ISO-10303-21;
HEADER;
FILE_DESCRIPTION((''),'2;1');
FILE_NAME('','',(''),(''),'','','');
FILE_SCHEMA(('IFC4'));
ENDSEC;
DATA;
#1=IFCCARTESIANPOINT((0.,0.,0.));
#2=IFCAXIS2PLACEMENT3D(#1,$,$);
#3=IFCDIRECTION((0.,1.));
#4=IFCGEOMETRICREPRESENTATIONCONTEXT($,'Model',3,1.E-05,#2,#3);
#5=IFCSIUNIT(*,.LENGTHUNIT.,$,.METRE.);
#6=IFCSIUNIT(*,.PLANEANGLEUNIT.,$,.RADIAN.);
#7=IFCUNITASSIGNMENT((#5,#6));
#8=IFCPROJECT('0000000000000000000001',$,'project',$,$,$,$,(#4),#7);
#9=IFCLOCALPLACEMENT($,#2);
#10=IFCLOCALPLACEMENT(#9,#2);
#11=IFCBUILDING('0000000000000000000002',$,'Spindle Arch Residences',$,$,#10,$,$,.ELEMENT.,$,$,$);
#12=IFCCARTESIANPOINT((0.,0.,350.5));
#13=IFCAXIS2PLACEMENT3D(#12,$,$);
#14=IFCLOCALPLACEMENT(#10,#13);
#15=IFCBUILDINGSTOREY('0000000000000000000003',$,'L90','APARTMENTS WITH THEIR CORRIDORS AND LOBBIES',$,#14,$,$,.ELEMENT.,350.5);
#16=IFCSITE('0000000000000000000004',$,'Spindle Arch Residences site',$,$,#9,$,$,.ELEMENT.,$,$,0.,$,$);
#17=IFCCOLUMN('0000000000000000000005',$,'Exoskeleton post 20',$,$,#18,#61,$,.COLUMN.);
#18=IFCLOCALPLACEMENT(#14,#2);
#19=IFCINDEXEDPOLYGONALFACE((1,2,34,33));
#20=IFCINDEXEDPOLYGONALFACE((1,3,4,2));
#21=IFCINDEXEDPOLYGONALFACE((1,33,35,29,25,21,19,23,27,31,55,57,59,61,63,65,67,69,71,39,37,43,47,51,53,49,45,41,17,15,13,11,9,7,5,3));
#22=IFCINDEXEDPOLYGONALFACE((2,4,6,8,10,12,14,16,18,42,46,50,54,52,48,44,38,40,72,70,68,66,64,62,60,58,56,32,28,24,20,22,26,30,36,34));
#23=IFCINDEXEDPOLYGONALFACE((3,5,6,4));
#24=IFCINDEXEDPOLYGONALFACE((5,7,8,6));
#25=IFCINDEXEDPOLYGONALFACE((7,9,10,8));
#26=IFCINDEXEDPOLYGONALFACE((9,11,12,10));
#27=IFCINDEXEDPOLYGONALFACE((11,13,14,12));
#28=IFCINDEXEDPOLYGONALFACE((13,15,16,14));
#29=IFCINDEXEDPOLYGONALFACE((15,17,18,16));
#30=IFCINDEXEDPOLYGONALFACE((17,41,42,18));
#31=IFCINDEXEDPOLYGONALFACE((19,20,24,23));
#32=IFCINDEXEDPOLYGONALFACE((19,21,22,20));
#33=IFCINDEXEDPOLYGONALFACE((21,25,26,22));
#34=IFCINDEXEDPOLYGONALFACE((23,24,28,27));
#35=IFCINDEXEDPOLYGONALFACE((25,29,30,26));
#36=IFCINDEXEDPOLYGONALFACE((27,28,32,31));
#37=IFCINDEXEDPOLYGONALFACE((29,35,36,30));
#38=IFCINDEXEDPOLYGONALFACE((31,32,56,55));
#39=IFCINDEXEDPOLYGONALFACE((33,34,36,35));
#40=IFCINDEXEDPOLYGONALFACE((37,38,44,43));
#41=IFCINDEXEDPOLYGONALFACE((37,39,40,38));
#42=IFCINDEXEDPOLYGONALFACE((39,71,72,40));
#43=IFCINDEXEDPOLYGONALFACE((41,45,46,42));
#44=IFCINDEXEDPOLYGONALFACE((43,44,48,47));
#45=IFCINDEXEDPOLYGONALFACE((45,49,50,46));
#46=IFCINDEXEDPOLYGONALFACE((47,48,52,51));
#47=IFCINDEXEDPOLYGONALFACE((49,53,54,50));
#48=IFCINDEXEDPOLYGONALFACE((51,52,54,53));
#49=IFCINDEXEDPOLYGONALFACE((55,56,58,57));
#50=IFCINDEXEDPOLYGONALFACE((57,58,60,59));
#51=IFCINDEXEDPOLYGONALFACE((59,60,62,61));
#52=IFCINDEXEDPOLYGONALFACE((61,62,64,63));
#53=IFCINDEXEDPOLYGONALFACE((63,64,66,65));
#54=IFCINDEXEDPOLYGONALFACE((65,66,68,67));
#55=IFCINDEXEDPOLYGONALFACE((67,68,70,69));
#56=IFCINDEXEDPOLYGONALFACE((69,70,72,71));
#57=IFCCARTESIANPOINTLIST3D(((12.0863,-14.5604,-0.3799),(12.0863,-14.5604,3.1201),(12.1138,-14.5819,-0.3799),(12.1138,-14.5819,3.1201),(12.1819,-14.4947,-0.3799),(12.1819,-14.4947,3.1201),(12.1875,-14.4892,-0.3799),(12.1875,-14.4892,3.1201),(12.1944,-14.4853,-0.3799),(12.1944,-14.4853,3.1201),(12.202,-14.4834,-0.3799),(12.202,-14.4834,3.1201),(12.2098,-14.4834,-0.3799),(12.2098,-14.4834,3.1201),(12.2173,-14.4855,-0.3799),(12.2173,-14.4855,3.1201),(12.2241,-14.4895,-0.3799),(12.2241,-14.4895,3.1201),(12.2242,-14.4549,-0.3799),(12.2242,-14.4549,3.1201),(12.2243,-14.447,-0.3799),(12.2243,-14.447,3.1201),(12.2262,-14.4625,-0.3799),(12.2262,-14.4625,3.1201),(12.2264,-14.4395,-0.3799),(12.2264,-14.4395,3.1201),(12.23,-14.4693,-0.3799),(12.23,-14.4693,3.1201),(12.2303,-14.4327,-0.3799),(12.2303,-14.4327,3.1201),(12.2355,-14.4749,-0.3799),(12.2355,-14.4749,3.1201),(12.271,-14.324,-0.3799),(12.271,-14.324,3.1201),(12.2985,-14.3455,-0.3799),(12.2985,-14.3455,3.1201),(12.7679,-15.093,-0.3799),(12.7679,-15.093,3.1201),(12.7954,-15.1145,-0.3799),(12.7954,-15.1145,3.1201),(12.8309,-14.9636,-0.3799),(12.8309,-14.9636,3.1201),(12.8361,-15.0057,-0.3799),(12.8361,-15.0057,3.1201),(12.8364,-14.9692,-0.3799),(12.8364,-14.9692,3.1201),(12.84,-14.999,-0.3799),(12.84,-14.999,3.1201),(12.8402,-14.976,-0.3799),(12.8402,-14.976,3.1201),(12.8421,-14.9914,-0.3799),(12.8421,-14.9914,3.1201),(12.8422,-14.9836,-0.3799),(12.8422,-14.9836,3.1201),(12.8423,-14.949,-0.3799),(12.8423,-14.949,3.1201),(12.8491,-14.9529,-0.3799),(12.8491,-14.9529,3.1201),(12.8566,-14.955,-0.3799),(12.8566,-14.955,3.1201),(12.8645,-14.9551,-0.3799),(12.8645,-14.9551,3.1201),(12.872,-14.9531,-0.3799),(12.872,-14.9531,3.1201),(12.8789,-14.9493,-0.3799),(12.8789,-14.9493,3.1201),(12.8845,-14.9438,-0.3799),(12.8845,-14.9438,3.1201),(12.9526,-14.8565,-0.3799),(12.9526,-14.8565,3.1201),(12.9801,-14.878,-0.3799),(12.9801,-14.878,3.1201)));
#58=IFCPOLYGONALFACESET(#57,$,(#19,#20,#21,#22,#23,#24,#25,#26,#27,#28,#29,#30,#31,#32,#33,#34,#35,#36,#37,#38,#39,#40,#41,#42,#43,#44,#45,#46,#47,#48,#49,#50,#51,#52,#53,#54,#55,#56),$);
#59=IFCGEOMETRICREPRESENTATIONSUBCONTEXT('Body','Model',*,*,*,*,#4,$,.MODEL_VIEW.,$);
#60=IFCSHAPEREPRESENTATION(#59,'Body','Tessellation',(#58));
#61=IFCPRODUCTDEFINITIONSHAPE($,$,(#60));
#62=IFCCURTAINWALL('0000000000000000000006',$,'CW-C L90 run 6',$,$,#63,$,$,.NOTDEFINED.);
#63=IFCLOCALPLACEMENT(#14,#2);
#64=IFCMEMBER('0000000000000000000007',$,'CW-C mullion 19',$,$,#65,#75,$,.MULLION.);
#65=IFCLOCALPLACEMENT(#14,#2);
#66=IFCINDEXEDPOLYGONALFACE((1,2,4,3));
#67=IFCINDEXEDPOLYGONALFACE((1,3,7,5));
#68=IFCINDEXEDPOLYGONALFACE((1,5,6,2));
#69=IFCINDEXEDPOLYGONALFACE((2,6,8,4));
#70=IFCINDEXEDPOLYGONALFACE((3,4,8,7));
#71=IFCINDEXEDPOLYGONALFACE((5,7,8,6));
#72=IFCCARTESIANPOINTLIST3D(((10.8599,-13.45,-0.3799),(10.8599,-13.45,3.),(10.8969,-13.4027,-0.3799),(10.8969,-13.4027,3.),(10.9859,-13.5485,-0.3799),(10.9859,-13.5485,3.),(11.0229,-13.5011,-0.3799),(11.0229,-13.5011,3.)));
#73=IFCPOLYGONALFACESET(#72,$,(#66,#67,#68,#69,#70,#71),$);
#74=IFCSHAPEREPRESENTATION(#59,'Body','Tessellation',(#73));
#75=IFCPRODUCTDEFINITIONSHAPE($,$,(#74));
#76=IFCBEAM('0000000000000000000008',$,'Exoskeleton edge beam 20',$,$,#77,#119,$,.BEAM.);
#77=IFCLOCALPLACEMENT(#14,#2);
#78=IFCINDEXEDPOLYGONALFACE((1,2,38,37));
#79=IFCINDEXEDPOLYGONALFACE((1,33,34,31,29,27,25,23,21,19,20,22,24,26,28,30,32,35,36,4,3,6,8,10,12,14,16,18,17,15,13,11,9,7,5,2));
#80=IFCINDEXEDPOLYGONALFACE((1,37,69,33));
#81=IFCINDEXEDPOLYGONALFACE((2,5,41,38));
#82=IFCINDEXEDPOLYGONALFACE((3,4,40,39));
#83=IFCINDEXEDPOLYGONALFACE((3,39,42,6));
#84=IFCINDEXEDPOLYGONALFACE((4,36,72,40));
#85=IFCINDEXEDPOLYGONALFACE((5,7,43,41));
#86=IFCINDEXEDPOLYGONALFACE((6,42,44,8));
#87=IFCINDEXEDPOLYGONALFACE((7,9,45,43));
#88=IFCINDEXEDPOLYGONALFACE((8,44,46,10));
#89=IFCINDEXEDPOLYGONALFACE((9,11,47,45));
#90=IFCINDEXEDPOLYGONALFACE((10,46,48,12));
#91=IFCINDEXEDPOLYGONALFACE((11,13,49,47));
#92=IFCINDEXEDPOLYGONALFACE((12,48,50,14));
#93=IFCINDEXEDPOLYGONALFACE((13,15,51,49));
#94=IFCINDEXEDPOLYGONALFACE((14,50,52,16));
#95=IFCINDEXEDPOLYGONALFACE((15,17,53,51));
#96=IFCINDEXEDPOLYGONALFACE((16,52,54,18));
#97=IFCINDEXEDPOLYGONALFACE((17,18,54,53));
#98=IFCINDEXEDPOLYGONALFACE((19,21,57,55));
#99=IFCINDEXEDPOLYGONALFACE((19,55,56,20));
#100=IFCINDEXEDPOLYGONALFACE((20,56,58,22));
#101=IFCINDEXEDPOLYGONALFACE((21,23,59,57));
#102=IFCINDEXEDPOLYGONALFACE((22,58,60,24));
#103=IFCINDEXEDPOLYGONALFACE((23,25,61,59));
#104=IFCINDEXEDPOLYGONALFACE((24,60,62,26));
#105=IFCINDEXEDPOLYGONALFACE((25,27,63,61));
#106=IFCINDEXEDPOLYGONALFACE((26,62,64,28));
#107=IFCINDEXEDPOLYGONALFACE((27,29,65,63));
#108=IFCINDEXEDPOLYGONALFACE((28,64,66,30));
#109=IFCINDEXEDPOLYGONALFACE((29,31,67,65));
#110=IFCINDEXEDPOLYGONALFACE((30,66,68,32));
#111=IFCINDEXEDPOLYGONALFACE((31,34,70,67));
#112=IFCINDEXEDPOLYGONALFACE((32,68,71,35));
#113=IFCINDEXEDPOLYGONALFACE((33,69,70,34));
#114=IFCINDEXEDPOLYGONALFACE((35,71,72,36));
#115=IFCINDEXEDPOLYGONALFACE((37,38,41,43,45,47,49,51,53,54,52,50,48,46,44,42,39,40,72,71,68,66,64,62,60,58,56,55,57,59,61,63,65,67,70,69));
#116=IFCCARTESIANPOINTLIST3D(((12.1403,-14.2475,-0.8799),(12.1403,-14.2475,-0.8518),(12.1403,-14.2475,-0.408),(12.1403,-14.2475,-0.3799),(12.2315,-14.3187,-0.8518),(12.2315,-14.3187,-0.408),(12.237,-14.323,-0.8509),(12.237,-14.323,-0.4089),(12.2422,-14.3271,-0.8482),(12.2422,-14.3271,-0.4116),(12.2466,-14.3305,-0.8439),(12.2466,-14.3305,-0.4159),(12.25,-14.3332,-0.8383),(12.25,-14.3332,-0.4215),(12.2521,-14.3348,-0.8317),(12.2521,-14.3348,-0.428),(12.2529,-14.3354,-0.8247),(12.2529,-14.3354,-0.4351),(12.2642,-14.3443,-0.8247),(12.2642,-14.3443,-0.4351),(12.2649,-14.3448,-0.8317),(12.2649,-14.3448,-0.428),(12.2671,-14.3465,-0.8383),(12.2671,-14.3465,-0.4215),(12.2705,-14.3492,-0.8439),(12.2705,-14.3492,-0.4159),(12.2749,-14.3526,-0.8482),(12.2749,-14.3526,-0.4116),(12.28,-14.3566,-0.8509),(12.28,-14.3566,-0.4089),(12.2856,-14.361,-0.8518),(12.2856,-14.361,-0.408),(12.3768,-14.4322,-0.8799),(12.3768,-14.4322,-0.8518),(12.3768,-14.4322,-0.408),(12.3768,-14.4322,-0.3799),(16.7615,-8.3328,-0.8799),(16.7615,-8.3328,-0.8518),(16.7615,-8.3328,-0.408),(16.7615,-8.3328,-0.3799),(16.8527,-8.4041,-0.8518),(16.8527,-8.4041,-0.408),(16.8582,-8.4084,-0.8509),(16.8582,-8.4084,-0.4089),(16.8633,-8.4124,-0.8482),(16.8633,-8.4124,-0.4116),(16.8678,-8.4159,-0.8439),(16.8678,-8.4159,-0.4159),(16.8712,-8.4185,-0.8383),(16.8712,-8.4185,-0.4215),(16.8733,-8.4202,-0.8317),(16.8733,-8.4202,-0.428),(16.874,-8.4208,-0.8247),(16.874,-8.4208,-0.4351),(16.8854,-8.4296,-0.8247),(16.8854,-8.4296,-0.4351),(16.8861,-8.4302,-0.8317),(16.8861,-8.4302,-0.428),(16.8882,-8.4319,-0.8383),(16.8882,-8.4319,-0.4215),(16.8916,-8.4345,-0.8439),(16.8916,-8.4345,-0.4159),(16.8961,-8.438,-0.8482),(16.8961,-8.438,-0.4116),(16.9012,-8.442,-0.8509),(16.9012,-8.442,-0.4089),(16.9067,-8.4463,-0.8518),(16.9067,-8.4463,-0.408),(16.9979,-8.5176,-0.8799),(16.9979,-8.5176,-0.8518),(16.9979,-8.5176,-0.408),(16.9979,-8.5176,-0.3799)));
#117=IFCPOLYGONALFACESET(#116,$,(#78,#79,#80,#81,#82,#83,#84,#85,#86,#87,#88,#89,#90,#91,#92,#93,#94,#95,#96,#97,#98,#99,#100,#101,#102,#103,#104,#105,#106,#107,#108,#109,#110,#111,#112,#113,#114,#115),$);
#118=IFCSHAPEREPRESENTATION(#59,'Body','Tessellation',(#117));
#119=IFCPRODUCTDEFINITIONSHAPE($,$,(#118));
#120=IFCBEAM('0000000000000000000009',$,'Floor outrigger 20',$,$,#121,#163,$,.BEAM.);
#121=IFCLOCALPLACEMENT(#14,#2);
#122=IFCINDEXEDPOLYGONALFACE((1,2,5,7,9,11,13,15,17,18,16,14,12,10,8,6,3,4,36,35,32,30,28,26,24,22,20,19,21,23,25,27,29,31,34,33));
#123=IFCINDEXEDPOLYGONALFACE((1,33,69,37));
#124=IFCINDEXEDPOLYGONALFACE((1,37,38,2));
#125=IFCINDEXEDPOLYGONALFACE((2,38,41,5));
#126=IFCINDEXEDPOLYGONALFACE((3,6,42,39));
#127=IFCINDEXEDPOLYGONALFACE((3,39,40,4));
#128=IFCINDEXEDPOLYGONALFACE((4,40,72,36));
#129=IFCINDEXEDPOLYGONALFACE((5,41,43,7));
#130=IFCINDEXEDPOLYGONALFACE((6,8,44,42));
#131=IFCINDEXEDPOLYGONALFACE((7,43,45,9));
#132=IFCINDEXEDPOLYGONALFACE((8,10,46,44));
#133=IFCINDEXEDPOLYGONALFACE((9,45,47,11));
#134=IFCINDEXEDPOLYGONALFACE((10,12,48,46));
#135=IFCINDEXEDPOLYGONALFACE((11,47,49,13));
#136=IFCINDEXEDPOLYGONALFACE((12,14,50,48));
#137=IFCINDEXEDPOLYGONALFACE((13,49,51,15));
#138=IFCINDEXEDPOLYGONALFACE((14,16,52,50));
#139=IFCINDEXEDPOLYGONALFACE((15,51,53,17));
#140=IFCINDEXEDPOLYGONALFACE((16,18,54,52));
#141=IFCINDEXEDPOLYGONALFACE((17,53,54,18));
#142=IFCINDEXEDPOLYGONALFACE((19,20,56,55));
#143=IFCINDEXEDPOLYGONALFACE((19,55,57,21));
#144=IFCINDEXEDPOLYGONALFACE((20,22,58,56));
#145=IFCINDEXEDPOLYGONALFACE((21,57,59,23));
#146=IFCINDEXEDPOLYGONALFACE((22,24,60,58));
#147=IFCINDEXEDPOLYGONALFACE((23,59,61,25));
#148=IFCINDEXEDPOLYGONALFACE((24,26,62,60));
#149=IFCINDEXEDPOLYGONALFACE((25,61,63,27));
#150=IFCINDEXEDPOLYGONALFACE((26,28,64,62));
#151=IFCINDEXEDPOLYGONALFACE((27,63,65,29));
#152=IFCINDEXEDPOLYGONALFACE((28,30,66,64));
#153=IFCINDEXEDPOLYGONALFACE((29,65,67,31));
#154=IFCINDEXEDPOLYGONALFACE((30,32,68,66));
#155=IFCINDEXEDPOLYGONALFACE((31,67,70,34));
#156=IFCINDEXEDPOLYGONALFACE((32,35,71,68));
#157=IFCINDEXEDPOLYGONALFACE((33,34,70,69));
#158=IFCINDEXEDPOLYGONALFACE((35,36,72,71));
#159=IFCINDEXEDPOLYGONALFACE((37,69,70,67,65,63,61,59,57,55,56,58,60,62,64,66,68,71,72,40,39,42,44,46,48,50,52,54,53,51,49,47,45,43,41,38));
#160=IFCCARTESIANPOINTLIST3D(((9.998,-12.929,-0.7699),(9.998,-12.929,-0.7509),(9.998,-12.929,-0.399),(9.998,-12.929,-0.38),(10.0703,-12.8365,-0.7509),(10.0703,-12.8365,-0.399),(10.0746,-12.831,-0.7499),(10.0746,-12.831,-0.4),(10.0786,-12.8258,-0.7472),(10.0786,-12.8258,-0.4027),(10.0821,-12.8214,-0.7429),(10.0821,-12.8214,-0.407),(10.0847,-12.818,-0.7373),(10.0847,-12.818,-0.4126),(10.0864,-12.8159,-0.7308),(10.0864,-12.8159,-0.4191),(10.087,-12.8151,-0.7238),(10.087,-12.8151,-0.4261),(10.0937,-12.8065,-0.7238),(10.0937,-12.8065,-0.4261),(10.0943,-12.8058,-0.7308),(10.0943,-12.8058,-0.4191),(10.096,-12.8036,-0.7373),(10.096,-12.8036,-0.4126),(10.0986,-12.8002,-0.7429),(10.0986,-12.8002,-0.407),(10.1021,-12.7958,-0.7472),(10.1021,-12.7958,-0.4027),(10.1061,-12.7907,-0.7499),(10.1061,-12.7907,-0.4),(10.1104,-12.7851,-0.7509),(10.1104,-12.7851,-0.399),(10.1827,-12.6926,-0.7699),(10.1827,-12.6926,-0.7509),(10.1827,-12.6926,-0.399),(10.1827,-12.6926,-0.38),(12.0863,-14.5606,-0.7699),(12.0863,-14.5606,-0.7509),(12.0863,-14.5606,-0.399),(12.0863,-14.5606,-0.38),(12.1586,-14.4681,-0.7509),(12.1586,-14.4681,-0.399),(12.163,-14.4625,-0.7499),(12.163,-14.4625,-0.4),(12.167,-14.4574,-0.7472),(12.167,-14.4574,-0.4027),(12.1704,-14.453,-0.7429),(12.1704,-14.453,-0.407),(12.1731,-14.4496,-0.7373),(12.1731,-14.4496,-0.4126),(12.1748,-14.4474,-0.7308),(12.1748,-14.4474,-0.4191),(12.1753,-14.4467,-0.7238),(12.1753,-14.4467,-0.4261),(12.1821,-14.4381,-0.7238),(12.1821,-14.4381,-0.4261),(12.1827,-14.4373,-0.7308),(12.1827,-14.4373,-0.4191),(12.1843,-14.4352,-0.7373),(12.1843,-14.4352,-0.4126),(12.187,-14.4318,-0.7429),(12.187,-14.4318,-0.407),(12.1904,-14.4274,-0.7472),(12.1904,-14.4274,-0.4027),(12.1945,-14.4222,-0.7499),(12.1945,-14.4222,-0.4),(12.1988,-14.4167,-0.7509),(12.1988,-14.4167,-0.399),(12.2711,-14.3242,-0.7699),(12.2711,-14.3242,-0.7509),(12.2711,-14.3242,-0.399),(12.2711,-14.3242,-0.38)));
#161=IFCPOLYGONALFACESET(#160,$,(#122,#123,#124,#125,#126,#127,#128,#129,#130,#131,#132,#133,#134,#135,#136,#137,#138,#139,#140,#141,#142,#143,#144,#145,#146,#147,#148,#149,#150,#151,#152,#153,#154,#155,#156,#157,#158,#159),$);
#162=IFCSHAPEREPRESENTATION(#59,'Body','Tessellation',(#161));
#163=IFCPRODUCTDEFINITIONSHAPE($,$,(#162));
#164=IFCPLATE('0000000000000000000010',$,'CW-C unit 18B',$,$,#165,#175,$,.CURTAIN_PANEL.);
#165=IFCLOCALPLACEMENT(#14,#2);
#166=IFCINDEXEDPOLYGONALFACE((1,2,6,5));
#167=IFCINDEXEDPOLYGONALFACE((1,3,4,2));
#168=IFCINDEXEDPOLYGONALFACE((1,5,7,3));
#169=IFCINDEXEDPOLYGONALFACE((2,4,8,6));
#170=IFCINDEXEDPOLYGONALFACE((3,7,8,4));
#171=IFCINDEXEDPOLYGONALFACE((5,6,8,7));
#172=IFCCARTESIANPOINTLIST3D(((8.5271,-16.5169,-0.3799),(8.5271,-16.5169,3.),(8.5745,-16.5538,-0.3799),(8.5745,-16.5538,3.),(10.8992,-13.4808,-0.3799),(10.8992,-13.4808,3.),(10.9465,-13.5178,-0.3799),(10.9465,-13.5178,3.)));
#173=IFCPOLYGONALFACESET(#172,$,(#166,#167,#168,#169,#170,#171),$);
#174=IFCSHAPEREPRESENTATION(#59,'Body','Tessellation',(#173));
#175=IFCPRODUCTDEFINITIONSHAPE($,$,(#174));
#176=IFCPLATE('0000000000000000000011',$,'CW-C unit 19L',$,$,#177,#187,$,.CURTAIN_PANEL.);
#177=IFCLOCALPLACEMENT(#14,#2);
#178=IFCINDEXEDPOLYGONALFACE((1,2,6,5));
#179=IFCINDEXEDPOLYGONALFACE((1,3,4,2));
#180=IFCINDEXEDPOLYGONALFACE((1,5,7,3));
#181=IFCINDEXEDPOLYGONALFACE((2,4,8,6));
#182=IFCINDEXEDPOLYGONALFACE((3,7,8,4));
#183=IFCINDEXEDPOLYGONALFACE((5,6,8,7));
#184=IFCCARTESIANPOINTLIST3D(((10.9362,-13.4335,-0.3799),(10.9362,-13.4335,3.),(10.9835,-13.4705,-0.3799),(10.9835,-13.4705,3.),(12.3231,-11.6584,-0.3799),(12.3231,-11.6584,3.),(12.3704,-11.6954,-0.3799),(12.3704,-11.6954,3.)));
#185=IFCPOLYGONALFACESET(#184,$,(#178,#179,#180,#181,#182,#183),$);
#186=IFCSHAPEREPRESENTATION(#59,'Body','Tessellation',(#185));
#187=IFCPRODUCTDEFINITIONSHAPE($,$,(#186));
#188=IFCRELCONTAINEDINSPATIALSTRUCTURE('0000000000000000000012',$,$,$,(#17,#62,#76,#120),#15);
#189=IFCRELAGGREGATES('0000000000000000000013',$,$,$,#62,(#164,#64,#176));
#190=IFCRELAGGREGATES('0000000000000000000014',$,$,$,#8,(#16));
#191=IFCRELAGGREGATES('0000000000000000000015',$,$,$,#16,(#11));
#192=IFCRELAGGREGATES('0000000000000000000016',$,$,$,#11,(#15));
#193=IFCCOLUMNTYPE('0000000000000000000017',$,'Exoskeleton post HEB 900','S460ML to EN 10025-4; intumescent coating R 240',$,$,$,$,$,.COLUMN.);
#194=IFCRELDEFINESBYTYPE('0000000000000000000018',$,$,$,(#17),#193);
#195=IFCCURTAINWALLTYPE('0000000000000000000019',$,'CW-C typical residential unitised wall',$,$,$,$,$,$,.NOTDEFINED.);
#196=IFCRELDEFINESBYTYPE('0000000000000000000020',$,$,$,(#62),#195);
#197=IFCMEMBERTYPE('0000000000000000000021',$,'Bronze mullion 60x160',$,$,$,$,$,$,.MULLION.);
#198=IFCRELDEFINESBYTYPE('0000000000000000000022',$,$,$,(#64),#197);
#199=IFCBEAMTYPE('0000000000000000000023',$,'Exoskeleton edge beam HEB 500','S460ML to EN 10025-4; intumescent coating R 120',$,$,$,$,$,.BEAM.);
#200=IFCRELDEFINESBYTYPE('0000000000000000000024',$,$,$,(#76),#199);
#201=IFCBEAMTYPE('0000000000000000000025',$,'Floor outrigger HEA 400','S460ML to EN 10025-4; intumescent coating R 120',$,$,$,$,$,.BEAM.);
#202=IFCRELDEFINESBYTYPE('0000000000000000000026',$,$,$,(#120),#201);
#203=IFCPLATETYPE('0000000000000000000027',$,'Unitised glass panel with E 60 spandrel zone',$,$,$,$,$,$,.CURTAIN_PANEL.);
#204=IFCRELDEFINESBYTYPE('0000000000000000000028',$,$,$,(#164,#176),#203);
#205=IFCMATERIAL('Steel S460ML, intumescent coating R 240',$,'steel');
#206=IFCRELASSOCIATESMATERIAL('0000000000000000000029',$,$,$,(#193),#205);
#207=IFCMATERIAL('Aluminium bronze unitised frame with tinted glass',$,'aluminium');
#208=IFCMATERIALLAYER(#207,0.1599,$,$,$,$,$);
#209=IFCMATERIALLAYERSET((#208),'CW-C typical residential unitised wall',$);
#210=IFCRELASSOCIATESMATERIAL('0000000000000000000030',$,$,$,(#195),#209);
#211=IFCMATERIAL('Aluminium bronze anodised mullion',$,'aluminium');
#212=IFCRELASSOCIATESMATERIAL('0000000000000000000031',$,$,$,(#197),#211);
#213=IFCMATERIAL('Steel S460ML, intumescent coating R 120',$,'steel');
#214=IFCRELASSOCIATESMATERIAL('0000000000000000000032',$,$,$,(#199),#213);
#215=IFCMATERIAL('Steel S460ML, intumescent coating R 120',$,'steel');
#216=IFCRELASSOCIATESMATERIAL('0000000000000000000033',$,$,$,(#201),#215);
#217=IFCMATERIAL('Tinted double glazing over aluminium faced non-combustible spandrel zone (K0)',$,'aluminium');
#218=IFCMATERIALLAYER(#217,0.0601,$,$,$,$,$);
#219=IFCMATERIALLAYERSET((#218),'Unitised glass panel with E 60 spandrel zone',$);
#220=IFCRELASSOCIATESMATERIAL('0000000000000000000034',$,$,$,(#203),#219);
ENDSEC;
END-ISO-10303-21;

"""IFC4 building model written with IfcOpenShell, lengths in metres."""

from ifc_helpers import new_model, si_unit, direction, frame, origin, origin_2d, place, context, subcontext, project, spatial, rectangle, i_section, extrude, material, layer, layer_set, material_profile, profile_set, type_object, element, aggregate, save


model = new_model("IFC4")

# Units and contexts
model_context = context("Model", 3, precision=1e-05, world=origin(), true_north=direction((0.0, 1.0)))
body_context = subcontext(model_context, "Body", "Model", "MODEL_VIEW")
ifc_project = project(units=[si_unit("LENGTHUNIT", "METRE"), si_unit("PLANEANGLEUNIT", "RADIAN")], contexts=[model_context])

# Site, building, storey
site_placement = place(None, origin())
site = spatial("IfcSite", under=ifc_project, at=site_placement, Name="Spindle Arch Residences site", CompositionType="ELEMENT", RefElevation=0.0)
building_placement = place(site_placement, origin())
building = spatial("IfcBuilding", under=site, at=building_placement, Name="Spindle Arch Residences", CompositionType="ELEMENT")
storey_placement = place(building_placement, frame((0.0, 0.0, 350.5)))
storey = spatial("IfcBuildingStorey", under=building, at=storey_placement, Name="L90", Description="APARTMENTS WITH THEIR CORRIDORS AND LOBBIES", CompositionType="ELEMENT", Elevation=350.5)

# Column
ifc_material_1 = material(Name="Steel S460ML, intumescent coating R 240", Category="steel")
ifc_material_profile_1 = material_profile(ifc_material_1, i_section(OverallWidth=0.3, OverallDepth=0.8999, WebThickness=0.0186, FlangeThickness=0.0349, FilletRadius=0.03, at=origin_2d()), Name="HEB 900")
ifc_profile_set_1 = profile_set([ifc_material_profile_1], Name="Steel S460ML, intumescent coating R 240")
column_type = type_object("IfcColumnType", Name="Exoskeleton post HEB 900", Description="S460ML to EN 10025-4; intumescent coating R 240", PredefinedType="COLUMN", material=ifc_profile_set_1)
column_placement = place(storey_placement, frame((12.5332, -14.7192, -0.3799), z_axis=(0.0, 0.0, 1.0), x_axis=(-0.615661, -0.788011, 0.0)))
element("IfcColumn", 1, at=column_placement, inside=storey, type_object=column_type, Name="Exoskeleton post 20", PredefinedType="COLUMN", context=body_context, shape_type="SweptSolid", body=[
    extrude(i_section(OverallWidth=0.3, OverallDepth=0.8999, WebThickness=0.0186, FlangeThickness=0.0349, FilletRadius=0.03, at=origin_2d()), origin(), (0.0, 0.0, 1.0), 3.5),
])

# Curtain wall, member
ifc_material_2 = material(Name="Aluminium bronze unitised frame with tinted glass", Category="aluminium")
ifc_layer_1 = layer(ifc_material_2, 0.1599)
ifc_layer_set_1 = layer_set([ifc_layer_1], Name="CW-C typical residential unitised wall")
curtain_wall_type = type_object("IfcCurtainWallType", Name="CW-C typical residential unitised wall", PredefinedType="NOTDEFINED", material=ifc_layer_set_1)
curtain_wall_placement = place(storey_placement, origin())
curtain_wall = element("IfcCurtainWall", 2, at=curtain_wall_placement, inside=storey, type_object=curtain_wall_type, Name="CW-C L90 run 6", PredefinedType="NOTDEFINED")
ifc_material_3 = material(Name="Aluminium bronze anodised mullion", Category="aluminium")
ifc_material_profile_2 = material_profile(ifc_material_3, rectangle(XDim=0.1599, YDim=0.0601, at=origin_2d()), Name="MU 60x160")
ifc_profile_set_2 = profile_set([ifc_material_profile_2], Name="Aluminium bronze anodised mullion")
member_type = type_object("IfcMemberType", Name="Bronze mullion 60x160", PredefinedType="MULLION", material=ifc_profile_set_2)
member_placement = place(storey_placement, frame((10.9414, -13.4756, -0.3799), z_axis=(0.0, 0.0, 1.0), x_axis=(-0.788011, 0.615661, 0.0)))
member = element("IfcMember", 3, at=member_placement, type_object=member_type, Name="CW-C mullion 19", PredefinedType="MULLION", context=body_context, shape_type="SweptSolid", body=[
    extrude(rectangle(XDim=0.1599, YDim=0.0601, at=origin_2d()), origin(), (0.0, 0.0, 1.0), 3.3799),
])

# Beams
ifc_material_4 = material(Name="Steel S460ML, intumescent coating R 120", Category="steel")
ifc_material_profile_3 = material_profile(ifc_material_4, i_section(OverallWidth=0.3, OverallDepth=0.5, WebThickness=0.0144, FlangeThickness=0.0281, FilletRadius=0.0271, at=origin_2d()), Name="HEB 500")
ifc_profile_set_3 = profile_set([ifc_material_profile_3], Name="Steel S460ML, intumescent coating R 120")
beam_type_1 = type_object("IfcBeamType", Name="Exoskeleton edge beam HEB 500", Description="S460ML to EN 10025-4; intumescent coating R 120", PredefinedType="BEAM", material=ifc_profile_set_3)
beam_1_placement = place(storey_placement, frame((12.2585, -14.3398, -0.6299), z_axis=(0.615673, 0.788002, 0.0), x_axis=(-0.788002, 0.615673, 0.0)))
element("IfcBeam", 4, at=beam_1_placement, inside=storey, type_object=beam_type_1, Name="Exoskeleton edge beam 20", PredefinedType="BEAM", context=body_context, shape_type="SweptSolid", body=[
    extrude(i_section(OverallWidth=0.3, OverallDepth=0.5, WebThickness=0.0144, FlangeThickness=0.0281, FilletRadius=0.0271, at=origin_2d()), origin(), (0.0, 0.0, 1.0), 7.5059),
])
ifc_material_5 = material(Name="Steel S460ML, intumescent coating R 120", Category="steel")
ifc_material_profile_4 = material_profile(ifc_material_5, i_section(OverallWidth=0.3, OverallDepth=0.3899, WebThickness=0.011, FlangeThickness=0.019, FilletRadius=0.0271, at=origin_2d()), Name="HEA 400")
ifc_profile_set_4 = profile_set([ifc_material_profile_4], Name="Steel S460ML, intumescent coating R 120")
beam_type_2 = type_object("IfcBeamType", Name="Floor outrigger HEA 400", Description="S460ML to EN 10025-4; intumescent coating R 120", PredefinedType="BEAM", material=ifc_profile_set_4)
beam_2_placement = place(storey_placement, frame((12.1787, -14.4424, -0.575), z_axis=(-0.788016, 0.615655, 0.0), x_axis=(-0.615655, -0.788016, 0.0)))
element("IfcBeam", 5, at=beam_2_placement, inside=storey, type_object=beam_type_2, Name="Floor outrigger 20", PredefinedType="BEAM", context=body_context, shape_type="SweptSolid", body=[
    extrude(i_section(OverallWidth=0.3, OverallDepth=0.3899, WebThickness=0.011, FlangeThickness=0.019, FilletRadius=0.0271, at=origin_2d()), origin(), (0.0, 0.0, 1.0), 2.6501),
])

# Plates
ifc_material_6 = material(Name="Tinted double glazing over aluminium faced non-combustible spandrel zone (K0)", Category="aluminium")
ifc_layer_2 = layer(ifc_material_6, 0.0601)
ifc_layer_set_2 = layer_set([ifc_layer_2], Name="Unitised glass panel with E 60 spandrel zone")
plate_type = type_object("IfcPlateType", Name="Unitised glass panel with E 60 spandrel zone", PredefinedType="CURTAIN_PANEL", material=ifc_layer_set_2)
plate_1_placement = place(storey_placement, frame((9.7368, -15.0173, -0.3799), z_axis=(0.0, 0.0, 1.0), x_axis=(0.615661, 0.788011, 0.0)))
plate_1 = element("IfcPlate", 6, at=plate_1_placement, type_object=plate_type, Name="CW-C unit 18B", PredefinedType="CURTAIN_PANEL", context=body_context, shape_type="SweptSolid", body=[
    extrude(rectangle(XDim=3.8528, YDim=0.0601, at=origin_2d()), origin(), (0.0, 0.0, 1.0), 3.3799),
])
plate_2_placement = place(storey_placement, frame((11.6533, -12.5645, -0.3799), z_axis=(0.0, 0.0, 1.0), x_axis=(0.615661, 0.788011, 0.0)))
plate_2 = element("IfcPlate", 7, at=plate_2_placement, type_object=plate_type, Name="CW-C unit 19L", PredefinedType="CURTAIN_PANEL", context=body_context, shape_type="SweptSolid", body=[
    extrude(rectangle(XDim=2.2527, YDim=0.0601, at=origin_2d()), origin(), (0.0, 0.0, 1.0), 3.3799),
])
aggregate(curtain_wall, [plate_1, member, plate_2])

save(model, "model.ifc")
